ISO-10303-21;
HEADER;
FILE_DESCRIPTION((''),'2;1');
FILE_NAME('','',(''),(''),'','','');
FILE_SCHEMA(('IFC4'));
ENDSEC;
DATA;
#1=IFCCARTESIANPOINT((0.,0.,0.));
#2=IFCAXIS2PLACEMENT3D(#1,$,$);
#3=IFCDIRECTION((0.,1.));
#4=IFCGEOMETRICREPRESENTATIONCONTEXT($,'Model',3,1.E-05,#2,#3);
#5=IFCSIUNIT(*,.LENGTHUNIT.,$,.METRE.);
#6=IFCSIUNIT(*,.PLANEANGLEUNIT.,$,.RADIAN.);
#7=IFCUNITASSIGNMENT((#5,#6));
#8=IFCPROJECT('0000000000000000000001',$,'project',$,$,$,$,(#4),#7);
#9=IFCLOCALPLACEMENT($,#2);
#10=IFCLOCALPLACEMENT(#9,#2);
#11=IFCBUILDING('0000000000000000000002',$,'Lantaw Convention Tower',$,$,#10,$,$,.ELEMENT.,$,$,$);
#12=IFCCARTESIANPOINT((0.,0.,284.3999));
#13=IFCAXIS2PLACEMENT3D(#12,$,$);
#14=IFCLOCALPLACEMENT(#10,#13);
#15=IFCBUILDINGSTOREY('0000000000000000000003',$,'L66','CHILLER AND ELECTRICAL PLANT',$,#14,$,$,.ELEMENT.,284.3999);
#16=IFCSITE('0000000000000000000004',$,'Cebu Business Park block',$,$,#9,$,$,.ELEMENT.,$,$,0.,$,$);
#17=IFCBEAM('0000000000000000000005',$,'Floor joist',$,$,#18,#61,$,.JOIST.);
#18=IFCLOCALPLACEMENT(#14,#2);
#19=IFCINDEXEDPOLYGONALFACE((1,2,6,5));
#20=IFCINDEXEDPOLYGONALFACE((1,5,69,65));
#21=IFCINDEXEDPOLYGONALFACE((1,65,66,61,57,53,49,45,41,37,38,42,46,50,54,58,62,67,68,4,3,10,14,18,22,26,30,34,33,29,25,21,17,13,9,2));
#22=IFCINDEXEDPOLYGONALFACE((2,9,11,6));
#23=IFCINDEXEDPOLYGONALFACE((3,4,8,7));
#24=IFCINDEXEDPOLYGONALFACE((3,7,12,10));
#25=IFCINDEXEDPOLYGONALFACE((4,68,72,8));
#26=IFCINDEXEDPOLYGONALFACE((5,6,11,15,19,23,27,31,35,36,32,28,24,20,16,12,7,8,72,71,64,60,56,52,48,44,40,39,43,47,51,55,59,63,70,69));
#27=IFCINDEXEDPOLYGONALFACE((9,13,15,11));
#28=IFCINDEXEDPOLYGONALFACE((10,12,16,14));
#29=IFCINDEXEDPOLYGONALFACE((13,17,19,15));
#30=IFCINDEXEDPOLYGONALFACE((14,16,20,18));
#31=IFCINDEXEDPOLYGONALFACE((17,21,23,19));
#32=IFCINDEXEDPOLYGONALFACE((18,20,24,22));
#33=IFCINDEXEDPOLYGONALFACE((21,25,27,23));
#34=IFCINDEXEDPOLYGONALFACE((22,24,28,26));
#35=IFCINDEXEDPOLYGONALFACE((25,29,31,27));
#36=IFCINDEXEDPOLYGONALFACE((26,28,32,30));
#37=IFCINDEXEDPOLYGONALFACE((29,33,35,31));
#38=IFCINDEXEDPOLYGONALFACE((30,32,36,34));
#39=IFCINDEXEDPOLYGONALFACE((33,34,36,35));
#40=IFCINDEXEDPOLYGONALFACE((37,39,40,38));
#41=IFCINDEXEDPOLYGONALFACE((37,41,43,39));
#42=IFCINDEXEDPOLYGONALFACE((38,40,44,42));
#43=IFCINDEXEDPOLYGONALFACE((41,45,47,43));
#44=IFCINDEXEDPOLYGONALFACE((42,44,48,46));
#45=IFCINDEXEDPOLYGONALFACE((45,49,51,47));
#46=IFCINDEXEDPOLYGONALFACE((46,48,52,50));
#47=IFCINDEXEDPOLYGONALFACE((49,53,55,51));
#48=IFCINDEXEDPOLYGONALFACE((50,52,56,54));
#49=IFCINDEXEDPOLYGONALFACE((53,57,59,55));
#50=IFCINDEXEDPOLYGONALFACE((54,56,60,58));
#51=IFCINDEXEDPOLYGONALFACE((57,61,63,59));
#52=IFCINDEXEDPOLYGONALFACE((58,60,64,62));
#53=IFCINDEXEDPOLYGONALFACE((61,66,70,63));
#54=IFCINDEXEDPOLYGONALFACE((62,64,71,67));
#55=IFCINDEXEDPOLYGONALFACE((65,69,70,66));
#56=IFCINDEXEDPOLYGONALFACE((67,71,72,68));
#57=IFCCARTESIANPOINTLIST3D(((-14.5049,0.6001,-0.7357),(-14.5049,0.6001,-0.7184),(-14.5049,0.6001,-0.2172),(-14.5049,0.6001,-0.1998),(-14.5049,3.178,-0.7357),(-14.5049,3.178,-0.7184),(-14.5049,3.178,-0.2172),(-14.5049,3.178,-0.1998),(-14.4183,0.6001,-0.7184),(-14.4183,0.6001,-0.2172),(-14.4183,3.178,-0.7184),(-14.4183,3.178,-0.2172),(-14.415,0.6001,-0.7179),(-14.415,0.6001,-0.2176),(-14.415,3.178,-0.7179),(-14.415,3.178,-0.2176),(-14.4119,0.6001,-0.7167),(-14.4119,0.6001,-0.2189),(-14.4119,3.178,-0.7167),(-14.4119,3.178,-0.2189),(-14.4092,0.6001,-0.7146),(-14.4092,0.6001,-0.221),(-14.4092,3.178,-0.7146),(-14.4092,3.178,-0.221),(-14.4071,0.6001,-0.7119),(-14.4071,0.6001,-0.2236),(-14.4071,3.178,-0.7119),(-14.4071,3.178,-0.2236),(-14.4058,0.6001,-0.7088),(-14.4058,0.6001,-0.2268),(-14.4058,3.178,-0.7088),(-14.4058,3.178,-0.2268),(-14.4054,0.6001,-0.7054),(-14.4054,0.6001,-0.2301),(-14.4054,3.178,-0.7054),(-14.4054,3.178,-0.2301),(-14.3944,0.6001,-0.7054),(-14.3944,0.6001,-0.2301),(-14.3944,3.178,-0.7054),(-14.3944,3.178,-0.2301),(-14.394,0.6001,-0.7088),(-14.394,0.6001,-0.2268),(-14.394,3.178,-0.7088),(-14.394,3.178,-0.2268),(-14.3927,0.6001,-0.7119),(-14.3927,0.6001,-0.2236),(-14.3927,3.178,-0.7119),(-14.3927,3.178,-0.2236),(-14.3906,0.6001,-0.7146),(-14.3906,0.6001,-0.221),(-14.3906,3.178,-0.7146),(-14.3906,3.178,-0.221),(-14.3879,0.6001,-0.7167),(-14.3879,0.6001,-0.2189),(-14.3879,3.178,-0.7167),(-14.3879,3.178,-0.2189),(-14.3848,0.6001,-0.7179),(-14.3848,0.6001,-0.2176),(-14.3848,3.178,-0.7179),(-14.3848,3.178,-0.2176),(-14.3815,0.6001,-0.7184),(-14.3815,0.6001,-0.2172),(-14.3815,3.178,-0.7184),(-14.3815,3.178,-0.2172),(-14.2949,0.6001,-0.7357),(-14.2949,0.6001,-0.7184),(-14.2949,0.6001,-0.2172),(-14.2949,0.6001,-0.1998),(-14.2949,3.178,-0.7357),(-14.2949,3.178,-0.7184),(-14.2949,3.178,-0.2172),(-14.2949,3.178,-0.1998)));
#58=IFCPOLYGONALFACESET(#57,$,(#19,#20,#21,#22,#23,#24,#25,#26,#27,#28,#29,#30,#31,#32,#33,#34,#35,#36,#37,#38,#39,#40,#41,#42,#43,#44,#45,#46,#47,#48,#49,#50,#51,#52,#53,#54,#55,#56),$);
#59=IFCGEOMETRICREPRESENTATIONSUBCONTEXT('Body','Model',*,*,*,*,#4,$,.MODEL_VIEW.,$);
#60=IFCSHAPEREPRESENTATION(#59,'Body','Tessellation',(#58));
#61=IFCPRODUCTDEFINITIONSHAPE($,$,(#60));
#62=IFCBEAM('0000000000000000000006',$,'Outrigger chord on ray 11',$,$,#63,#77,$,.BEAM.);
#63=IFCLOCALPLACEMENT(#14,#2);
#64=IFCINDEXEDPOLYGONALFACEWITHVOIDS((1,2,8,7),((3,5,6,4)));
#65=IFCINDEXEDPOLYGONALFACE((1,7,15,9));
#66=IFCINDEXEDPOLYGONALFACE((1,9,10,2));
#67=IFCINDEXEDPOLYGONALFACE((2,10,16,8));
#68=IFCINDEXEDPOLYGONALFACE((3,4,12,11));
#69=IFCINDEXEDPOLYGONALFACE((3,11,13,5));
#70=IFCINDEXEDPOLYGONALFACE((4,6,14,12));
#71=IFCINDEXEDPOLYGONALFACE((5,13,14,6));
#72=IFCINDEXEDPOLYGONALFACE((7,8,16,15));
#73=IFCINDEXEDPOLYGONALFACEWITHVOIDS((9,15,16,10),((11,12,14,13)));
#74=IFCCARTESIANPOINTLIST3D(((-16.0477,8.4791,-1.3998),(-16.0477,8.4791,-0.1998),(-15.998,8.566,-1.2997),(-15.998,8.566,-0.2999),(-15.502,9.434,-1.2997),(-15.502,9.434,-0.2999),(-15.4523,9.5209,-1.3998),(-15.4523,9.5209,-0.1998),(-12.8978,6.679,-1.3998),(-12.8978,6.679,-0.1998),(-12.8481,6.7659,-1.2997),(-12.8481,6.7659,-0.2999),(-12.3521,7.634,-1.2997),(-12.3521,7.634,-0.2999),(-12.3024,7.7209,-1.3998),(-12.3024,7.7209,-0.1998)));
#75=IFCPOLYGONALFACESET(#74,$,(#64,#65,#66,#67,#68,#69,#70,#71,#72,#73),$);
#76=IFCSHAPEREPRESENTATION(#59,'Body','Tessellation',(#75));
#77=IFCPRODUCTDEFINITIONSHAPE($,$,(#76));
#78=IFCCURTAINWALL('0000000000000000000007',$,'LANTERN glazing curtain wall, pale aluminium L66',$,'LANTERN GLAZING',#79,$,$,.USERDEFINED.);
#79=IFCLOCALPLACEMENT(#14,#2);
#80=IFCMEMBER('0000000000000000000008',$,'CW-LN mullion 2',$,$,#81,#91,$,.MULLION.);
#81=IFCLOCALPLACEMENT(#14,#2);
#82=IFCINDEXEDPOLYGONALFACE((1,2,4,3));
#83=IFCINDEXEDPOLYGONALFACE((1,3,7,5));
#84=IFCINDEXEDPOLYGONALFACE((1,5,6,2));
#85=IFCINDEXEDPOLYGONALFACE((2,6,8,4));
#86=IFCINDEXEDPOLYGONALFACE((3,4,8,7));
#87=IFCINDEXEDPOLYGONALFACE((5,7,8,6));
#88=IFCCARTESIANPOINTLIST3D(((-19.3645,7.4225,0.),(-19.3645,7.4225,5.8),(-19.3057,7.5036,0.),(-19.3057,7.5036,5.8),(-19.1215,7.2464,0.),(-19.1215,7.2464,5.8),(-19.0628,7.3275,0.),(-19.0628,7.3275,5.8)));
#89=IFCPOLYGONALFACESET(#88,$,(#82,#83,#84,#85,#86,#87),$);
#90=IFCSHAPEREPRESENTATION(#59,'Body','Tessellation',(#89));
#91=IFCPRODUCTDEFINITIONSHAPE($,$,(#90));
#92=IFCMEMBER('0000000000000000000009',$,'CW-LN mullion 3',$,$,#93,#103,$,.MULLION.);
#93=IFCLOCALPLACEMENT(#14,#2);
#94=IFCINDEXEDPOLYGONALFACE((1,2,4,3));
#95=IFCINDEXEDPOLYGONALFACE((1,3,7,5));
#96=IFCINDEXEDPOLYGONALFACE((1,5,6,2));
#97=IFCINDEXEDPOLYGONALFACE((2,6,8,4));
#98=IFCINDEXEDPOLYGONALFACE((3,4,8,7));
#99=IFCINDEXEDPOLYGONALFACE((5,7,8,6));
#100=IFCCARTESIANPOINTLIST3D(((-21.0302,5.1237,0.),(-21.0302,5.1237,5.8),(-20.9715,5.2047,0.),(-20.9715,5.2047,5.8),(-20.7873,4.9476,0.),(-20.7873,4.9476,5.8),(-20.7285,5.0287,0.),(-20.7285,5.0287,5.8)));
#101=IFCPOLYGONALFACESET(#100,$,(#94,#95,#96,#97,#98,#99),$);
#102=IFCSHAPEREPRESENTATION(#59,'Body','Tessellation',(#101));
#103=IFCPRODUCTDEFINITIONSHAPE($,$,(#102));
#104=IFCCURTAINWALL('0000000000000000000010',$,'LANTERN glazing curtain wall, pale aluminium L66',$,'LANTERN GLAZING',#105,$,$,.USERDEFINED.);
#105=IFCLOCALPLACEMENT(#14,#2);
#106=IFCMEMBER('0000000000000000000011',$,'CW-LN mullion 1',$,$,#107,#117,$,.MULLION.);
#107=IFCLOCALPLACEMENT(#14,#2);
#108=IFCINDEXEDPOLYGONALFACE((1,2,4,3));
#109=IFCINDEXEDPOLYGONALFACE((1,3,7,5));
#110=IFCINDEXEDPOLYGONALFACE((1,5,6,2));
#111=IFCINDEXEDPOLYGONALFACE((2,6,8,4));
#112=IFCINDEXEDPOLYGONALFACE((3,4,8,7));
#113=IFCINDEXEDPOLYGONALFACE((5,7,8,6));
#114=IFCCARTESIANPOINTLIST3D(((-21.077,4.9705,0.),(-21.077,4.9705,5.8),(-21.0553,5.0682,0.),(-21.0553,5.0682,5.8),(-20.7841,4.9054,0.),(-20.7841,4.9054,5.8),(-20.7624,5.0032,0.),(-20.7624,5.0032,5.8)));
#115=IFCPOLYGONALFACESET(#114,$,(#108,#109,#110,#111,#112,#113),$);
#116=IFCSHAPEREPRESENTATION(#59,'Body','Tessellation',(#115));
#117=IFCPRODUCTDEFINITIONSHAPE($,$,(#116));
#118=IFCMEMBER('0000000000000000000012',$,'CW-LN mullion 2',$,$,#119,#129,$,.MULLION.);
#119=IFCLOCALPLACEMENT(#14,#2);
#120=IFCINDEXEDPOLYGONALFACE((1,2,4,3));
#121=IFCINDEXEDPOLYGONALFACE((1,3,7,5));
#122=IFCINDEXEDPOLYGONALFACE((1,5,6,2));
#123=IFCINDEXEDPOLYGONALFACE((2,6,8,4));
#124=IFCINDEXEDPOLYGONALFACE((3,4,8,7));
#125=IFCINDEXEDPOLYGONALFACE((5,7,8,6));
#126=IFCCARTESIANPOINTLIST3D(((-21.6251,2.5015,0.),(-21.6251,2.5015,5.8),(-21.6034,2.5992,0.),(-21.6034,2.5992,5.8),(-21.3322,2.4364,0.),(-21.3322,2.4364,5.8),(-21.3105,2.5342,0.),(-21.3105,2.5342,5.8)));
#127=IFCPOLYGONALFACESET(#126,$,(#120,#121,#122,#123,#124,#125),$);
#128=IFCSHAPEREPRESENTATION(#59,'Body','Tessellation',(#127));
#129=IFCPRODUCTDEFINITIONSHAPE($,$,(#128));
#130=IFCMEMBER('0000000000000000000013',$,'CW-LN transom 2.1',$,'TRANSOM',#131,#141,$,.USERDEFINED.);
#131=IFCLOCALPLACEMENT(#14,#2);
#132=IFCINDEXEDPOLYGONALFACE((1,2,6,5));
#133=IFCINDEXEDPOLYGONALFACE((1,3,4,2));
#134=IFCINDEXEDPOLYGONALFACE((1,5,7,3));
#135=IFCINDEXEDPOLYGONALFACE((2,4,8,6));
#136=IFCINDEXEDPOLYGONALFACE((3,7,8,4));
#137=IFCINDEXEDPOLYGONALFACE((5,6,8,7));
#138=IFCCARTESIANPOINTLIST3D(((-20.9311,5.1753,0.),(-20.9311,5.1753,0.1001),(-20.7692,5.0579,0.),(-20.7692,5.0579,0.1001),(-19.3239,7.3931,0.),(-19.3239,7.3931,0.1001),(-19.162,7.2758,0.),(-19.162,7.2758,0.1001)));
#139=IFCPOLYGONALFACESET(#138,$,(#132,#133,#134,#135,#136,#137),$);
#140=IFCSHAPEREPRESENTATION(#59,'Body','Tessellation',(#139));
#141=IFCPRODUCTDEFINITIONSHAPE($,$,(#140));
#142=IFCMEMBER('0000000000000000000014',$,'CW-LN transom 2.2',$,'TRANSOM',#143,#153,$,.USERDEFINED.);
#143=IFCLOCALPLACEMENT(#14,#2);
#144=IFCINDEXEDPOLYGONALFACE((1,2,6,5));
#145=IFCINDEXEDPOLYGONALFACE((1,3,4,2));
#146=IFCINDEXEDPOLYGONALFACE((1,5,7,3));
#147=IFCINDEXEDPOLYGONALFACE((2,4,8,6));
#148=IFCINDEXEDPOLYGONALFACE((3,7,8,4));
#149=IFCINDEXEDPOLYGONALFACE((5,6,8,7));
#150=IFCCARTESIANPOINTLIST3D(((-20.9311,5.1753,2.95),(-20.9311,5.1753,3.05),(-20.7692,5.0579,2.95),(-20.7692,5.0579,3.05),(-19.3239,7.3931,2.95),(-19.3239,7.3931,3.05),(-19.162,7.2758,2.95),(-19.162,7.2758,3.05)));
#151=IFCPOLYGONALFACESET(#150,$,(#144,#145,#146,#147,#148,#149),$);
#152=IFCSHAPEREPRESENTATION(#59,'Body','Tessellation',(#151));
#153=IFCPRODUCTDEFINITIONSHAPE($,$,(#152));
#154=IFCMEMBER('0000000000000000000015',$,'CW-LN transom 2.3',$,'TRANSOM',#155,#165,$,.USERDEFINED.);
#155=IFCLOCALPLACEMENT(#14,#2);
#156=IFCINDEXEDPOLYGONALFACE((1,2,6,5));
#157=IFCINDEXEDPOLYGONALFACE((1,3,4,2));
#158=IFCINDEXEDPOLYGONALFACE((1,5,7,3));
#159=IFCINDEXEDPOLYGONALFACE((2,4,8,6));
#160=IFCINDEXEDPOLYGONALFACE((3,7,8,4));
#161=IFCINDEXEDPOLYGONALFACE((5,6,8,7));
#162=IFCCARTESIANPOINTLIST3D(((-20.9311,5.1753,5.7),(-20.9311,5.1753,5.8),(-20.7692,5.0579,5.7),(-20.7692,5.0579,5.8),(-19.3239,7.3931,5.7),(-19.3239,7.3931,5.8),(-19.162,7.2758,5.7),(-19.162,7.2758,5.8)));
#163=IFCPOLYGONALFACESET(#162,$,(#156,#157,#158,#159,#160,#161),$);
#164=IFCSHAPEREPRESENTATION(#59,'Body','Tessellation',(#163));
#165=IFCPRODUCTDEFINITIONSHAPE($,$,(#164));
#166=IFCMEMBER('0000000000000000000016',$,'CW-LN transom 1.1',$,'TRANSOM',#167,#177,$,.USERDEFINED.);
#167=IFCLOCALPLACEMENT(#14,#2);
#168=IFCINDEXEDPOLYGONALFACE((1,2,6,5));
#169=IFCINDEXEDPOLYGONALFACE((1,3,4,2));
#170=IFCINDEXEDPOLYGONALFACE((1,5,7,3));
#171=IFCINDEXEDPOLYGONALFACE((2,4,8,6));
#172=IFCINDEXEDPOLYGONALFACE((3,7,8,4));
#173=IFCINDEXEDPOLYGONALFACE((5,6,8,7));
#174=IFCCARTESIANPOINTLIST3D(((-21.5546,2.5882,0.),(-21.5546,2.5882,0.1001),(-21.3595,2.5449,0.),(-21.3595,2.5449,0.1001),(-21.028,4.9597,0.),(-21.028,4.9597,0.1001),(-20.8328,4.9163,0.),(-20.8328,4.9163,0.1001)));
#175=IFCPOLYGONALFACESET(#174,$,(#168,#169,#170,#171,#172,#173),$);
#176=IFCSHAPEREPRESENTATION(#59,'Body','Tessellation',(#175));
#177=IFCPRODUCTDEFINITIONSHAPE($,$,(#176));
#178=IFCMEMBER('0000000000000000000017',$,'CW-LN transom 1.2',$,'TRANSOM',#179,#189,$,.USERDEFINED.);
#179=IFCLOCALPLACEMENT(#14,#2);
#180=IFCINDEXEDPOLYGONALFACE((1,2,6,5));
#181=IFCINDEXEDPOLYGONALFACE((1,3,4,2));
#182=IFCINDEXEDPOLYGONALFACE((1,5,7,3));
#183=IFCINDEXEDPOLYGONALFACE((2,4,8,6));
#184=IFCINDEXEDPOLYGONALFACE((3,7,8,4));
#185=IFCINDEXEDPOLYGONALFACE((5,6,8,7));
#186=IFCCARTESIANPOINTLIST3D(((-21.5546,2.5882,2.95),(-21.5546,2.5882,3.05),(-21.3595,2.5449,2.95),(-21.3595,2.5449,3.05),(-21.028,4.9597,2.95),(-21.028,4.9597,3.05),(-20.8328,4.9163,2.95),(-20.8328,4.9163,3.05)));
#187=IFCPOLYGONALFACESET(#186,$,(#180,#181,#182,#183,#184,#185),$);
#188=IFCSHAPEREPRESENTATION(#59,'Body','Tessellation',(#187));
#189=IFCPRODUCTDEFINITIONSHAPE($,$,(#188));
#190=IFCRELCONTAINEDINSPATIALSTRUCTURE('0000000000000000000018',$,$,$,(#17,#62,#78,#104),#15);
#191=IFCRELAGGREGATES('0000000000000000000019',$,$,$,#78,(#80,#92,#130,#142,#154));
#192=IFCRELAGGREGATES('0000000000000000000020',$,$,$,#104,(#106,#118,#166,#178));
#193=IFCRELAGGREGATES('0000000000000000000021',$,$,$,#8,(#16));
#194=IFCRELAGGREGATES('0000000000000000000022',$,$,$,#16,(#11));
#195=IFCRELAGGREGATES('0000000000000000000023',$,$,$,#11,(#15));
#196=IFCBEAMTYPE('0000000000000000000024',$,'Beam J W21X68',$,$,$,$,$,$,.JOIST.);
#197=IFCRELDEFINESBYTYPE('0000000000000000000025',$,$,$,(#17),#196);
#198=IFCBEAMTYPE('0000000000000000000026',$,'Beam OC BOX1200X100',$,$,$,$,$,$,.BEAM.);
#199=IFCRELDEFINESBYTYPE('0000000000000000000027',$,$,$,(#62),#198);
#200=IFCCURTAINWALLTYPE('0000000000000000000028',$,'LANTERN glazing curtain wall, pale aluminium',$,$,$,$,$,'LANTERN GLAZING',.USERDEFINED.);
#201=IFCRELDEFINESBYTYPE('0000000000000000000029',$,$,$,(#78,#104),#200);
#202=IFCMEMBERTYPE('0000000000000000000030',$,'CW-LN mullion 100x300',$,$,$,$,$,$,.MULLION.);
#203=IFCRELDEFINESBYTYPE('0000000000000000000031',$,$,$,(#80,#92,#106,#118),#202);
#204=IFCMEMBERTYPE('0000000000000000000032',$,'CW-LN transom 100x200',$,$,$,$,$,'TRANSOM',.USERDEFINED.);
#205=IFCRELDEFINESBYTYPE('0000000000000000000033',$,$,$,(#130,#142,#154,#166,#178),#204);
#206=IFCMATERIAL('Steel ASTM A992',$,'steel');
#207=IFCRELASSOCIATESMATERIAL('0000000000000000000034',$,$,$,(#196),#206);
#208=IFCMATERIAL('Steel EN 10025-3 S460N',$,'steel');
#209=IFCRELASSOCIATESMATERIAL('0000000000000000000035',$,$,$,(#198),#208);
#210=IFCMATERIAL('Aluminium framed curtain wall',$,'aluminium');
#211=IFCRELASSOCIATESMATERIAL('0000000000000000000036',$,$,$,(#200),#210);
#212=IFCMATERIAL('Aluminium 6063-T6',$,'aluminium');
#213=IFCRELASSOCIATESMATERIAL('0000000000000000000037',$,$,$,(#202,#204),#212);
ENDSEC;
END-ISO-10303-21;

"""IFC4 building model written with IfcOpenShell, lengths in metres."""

from ifc_helpers import new_model, si_unit, direction, frame, origin, origin_2d, place, context, subcontext, project, spatial, rectangle, hollow_rectangle, i_section, extrude, material, material_profile, profile_set, type_object, element, aggregate, save


model = new_model("IFC4")

# Units and contexts
model_context = context("Model", 3, precision=1e-05, world=origin(), true_north=direction((0.0, 1.0)))
body_context = subcontext(model_context, "Body", "Model", "MODEL_VIEW")
ifc_project = project(units=[si_unit("LENGTHUNIT", "METRE"), si_unit("PLANEANGLEUNIT", "RADIAN")], contexts=[model_context])

# Site, building, storey
site_placement = place(None, origin())
site = spatial("IfcSite", under=ifc_project, at=site_placement, Name="Cebu Business Park block", CompositionType="ELEMENT", RefElevation=0.0)
building_placement = place(site_placement, origin())
building = spatial("IfcBuilding", under=site, at=building_placement, Name="Lantaw Convention Tower", CompositionType="ELEMENT")
storey_placement = place(building_placement, frame((0.0, 0.0, 284.3999)))
storey = spatial("IfcBuildingStorey", under=building, at=storey_placement, Name="L66", Description="CHILLER AND ELECTRICAL PLANT", CompositionType="ELEMENT", Elevation=284.3999)

# Beams
ifc_material_1 = material(Name="Steel ASTM A992", Category="steel")
ifc_material_profile_1 = material_profile(ifc_material_1, i_section(OverallWidth=0.21, OverallDepth=0.5359, WebThickness=0.011, FlangeThickness=0.0173, FilletRadius=0.0129, at=origin_2d()), Name="W21X68")
ifc_profile_set_1 = profile_set([ifc_material_profile_1], Name="Steel ASTM A992")
beam_type_1 = type_object("IfcBeamType", Name="Beam J W21X68", PredefinedType="JOIST", material=ifc_profile_set_1)
beam_1_placement = place(storey_placement, frame((-14.3999, 0.6001, -0.4678), z_axis=(0.0, 1.0, 0.0), x_axis=(-1.0, 0.0, 0.0)))
element("IfcBeam", 1, at=beam_1_placement, inside=storey, type_object=beam_type_1, Name="Floor joist", PredefinedType="JOIST", context=body_context, shape_type="SweptSolid", body=[
    extrude(i_section(OverallWidth=0.21, OverallDepth=0.5359, WebThickness=0.011, FlangeThickness=0.0173, FilletRadius=0.0129, at=origin_2d()), origin(), (0.0, 0.0, 1.0), 2.5779),
])
ifc_material_2 = material(Name="Steel EN 10025-3 S460N", Category="steel")
ifc_material_profile_2 = material_profile(ifc_material_2, hollow_rectangle(XDim=1.2, YDim=1.2, WallThickness=0.1001, at=origin_2d()), Name="BOX1200X100")
ifc_profile_set_2 = profile_set([ifc_material_profile_2], Name="Steel EN 10025-3 S460N")
beam_type_2 = type_object("IfcBeamType", Name="Beam OC BOX1200X100", PredefinedType="BEAM", material=ifc_profile_set_2)
beam_2_placement = place(storey_placement, frame((-12.6001, 7.2, -0.7998), z_axis=(-0.868231, 0.496161, 0.0), x_axis=(-0.496161, -0.868231, 0.0)))
element("IfcBeam", 2, at=beam_2_placement, inside=storey, type_object=beam_type_2, Name="Outrigger chord on ray 11", PredefinedType="BEAM", context=body_context, shape_type="SweptSolid", body=[
    extrude(hollow_rectangle(XDim=1.2, YDim=1.2, WallThickness=0.1001, at=origin_2d()), origin(), (0.0, 0.0, 1.0), 3.6279),
])

# Curtain walls, members
ifc_material_3 = material(Name="Aluminium framed curtain wall", Category="aluminium")
curtain_wall_type = type_object("IfcCurtainWallType", Name="LANTERN glazing curtain wall, pale aluminium", ElementType="LANTERN GLAZING", PredefinedType="USERDEFINED", material=ifc_material_3)
curtain_wall_1_placement = place(storey_placement, origin())
curtain_wall_1 = element("IfcCurtainWall", 3, at=curtain_wall_1_placement, inside=storey, type_object=curtain_wall_type, Name="LANTERN glazing curtain wall, pale aluminium L66", ObjectType="LANTERN GLAZING", PredefinedType="USERDEFINED")
ifc_material_4 = material(Name="Aluminium 6063-T6", Category="aluminium")
ifc_material_profile_3 = material_profile(ifc_material_4, rectangle(XDim=0.3, YDim=0.1001, at=origin_2d()), Name="CW-LN mullion 100x300")
ifc_profile_set_3 = profile_set([ifc_material_profile_3], Name="Aluminium 6063-T6")
member_type_1 = type_object("IfcMemberType", Name="CW-LN mullion 100x300", PredefinedType="MULLION", material=ifc_profile_set_3)
member_1_placement = place(storey_placement, frame((-19.2136, 7.375, 0.0), z_axis=(0.0, 0.0, 1.0), x_axis=(0.809742, -0.586786, 0.0)))
member_1 = element("IfcMember", 4, at=member_1_placement, type_object=member_type_1, Name="CW-LN mullion 2", PredefinedType="MULLION", context=body_context, shape_type="SweptSolid", body=[
    extrude(rectangle(XDim=0.3, YDim=0.1001, at=origin_2d()), origin(), (0.0, 0.0, 1.0), 5.8),
])
member_2_placement = place(storey_placement, frame((-20.8794, 5.0762, 0.0), z_axis=(0.0, 0.0, 1.0), x_axis=(0.809742, -0.586786, 0.0)))
member_2 = element("IfcMember", 5, at=member_2_placement, type_object=member_type_1, Name="CW-LN mullion 3", PredefinedType="MULLION", context=body_context, shape_type="SweptSolid", body=[
    extrude(rectangle(XDim=0.3, YDim=0.1001, at=origin_2d()), origin(), (0.0, 0.0, 1.0), 5.8),
])
curtain_wall_2_placement = place(storey_placement, origin())
curtain_wall_2 = element("IfcCurtainWall", 6, at=curtain_wall_2_placement, inside=storey, type_object=curtain_wall_type, Name="LANTERN glazing curtain wall, pale aluminium L66", ObjectType="LANTERN GLAZING", PredefinedType="USERDEFINED")
member_3_placement = place(storey_placement, frame((-20.9197, 4.9868, 0.0), z_axis=(0.0, 0.0, 1.0), x_axis=(0.976224, -0.216765, 0.0)))
member_3 = element("IfcMember", 7, at=member_3_placement, type_object=member_type_1, Name="CW-LN mullion 1", PredefinedType="MULLION", context=body_context, shape_type="SweptSolid", body=[
    extrude(rectangle(XDim=0.3, YDim=0.1001, at=origin_2d()), origin(), (0.0, 0.0, 1.0), 5.8),
])
member_4_placement = place(storey_placement, frame((-21.4678, 2.5178, 0.0), z_axis=(0.0, 0.0, 1.0), x_axis=(0.976224, -0.216765, 0.0)))
member_4 = element("IfcMember", 8, at=member_4_placement, type_object=member_type_1, Name="CW-LN mullion 2", PredefinedType="MULLION", context=body_context, shape_type="SweptSolid", body=[
    extrude(rectangle(XDim=0.3, YDim=0.1001, at=origin_2d()), origin(), (0.0, 0.0, 1.0), 5.8),
])

# Members
ifc_material_profile_4 = material_profile(ifc_material_4, rectangle(XDim=0.2, YDim=0.1001, at=origin_2d()), Name="CW-LN transom 100x200")
ifc_profile_set_4 = profile_set([ifc_material_profile_4], Name="Aluminium 6063-T6")
member_type_2 = type_object("IfcMemberType", Name="CW-LN transom 100x200", ElementType="TRANSOM", PredefinedType="USERDEFINED", material=ifc_profile_set_4)
member_5_placement = place(storey_placement, frame((-19.2429, 7.3345, 0.05), z_axis=(-0.586798, -0.809733, 0.0), x_axis=(0.809733, -0.586798, 0.0)))
member_5 = element("IfcMember", 9, at=member_5_placement, type_object=member_type_2, Name="CW-LN transom 2.1", ObjectType="TRANSOM", PredefinedType="USERDEFINED", context=body_context, shape_type="SweptSolid", body=[
    extrude(rectangle(XDim=0.2, YDim=0.1001, at=origin_2d()), origin(), (0.0, 0.0, 1.0), 2.739),
])
member_6_placement = place(storey_placement, frame((-19.2429, 7.3345, 3.0), z_axis=(-0.586798, -0.809733, 0.0), x_axis=(0.809733, -0.586798, 0.0)))
member_6 = element("IfcMember", 10, at=member_6_placement, type_object=member_type_2, Name="CW-LN transom 2.2", ObjectType="TRANSOM", PredefinedType="USERDEFINED", context=body_context, shape_type="SweptSolid", body=[
    extrude(rectangle(XDim=0.2, YDim=0.1001, at=origin_2d()), origin(), (0.0, 0.0, 1.0), 2.739),
])
member_7_placement = place(storey_placement, frame((-19.2429, 7.3345, 5.75), z_axis=(-0.586798, -0.809733, 0.0), x_axis=(0.809733, -0.586798, 0.0)))
member_7 = element("IfcMember", 11, at=member_7_placement, type_object=member_type_2, Name="CW-LN transom 2.3", ObjectType="TRANSOM", PredefinedType="USERDEFINED", context=body_context, shape_type="SweptSolid", body=[
    extrude(rectangle(XDim=0.2, YDim=0.1001, at=origin_2d()), origin(), (0.0, 0.0, 1.0), 2.739),
])
member_8_placement = place(storey_placement, frame((-20.9304, 4.938, 0.05), z_axis=(-0.216792, -0.976218, 0.0), x_axis=(0.976218, -0.216792, 0.0)))
member_8 = element("IfcMember", 12, at=member_8_placement, type_object=member_type_2, Name="CW-LN transom 1.1", ObjectType="TRANSOM", PredefinedType="USERDEFINED", context=body_context, shape_type="SweptSolid", body=[
    extrude(rectangle(XDim=0.2, YDim=0.1001, at=origin_2d()), origin(), (0.0, 0.0, 1.0), 2.4292),
])
member_9_placement = place(storey_placement, frame((-20.9304, 4.938, 3.0), z_axis=(-0.216792, -0.976218, 0.0), x_axis=(0.976218, -0.216792, 0.0)))
member_9 = element("IfcMember", 13, at=member_9_placement, type_object=member_type_2, Name="CW-LN transom 1.2", ObjectType="TRANSOM", PredefinedType="USERDEFINED", context=body_context, shape_type="SweptSolid", body=[
    extrude(rectangle(XDim=0.2, YDim=0.1001, at=origin_2d()), origin(), (0.0, 0.0, 1.0), 2.4292),
])

aggregate(curtain_wall_1, [member_1, member_2, member_5, member_6, member_7])
aggregate(curtain_wall_2, [member_3, member_4, member_8, member_9])

save(model, "model.ifc")
